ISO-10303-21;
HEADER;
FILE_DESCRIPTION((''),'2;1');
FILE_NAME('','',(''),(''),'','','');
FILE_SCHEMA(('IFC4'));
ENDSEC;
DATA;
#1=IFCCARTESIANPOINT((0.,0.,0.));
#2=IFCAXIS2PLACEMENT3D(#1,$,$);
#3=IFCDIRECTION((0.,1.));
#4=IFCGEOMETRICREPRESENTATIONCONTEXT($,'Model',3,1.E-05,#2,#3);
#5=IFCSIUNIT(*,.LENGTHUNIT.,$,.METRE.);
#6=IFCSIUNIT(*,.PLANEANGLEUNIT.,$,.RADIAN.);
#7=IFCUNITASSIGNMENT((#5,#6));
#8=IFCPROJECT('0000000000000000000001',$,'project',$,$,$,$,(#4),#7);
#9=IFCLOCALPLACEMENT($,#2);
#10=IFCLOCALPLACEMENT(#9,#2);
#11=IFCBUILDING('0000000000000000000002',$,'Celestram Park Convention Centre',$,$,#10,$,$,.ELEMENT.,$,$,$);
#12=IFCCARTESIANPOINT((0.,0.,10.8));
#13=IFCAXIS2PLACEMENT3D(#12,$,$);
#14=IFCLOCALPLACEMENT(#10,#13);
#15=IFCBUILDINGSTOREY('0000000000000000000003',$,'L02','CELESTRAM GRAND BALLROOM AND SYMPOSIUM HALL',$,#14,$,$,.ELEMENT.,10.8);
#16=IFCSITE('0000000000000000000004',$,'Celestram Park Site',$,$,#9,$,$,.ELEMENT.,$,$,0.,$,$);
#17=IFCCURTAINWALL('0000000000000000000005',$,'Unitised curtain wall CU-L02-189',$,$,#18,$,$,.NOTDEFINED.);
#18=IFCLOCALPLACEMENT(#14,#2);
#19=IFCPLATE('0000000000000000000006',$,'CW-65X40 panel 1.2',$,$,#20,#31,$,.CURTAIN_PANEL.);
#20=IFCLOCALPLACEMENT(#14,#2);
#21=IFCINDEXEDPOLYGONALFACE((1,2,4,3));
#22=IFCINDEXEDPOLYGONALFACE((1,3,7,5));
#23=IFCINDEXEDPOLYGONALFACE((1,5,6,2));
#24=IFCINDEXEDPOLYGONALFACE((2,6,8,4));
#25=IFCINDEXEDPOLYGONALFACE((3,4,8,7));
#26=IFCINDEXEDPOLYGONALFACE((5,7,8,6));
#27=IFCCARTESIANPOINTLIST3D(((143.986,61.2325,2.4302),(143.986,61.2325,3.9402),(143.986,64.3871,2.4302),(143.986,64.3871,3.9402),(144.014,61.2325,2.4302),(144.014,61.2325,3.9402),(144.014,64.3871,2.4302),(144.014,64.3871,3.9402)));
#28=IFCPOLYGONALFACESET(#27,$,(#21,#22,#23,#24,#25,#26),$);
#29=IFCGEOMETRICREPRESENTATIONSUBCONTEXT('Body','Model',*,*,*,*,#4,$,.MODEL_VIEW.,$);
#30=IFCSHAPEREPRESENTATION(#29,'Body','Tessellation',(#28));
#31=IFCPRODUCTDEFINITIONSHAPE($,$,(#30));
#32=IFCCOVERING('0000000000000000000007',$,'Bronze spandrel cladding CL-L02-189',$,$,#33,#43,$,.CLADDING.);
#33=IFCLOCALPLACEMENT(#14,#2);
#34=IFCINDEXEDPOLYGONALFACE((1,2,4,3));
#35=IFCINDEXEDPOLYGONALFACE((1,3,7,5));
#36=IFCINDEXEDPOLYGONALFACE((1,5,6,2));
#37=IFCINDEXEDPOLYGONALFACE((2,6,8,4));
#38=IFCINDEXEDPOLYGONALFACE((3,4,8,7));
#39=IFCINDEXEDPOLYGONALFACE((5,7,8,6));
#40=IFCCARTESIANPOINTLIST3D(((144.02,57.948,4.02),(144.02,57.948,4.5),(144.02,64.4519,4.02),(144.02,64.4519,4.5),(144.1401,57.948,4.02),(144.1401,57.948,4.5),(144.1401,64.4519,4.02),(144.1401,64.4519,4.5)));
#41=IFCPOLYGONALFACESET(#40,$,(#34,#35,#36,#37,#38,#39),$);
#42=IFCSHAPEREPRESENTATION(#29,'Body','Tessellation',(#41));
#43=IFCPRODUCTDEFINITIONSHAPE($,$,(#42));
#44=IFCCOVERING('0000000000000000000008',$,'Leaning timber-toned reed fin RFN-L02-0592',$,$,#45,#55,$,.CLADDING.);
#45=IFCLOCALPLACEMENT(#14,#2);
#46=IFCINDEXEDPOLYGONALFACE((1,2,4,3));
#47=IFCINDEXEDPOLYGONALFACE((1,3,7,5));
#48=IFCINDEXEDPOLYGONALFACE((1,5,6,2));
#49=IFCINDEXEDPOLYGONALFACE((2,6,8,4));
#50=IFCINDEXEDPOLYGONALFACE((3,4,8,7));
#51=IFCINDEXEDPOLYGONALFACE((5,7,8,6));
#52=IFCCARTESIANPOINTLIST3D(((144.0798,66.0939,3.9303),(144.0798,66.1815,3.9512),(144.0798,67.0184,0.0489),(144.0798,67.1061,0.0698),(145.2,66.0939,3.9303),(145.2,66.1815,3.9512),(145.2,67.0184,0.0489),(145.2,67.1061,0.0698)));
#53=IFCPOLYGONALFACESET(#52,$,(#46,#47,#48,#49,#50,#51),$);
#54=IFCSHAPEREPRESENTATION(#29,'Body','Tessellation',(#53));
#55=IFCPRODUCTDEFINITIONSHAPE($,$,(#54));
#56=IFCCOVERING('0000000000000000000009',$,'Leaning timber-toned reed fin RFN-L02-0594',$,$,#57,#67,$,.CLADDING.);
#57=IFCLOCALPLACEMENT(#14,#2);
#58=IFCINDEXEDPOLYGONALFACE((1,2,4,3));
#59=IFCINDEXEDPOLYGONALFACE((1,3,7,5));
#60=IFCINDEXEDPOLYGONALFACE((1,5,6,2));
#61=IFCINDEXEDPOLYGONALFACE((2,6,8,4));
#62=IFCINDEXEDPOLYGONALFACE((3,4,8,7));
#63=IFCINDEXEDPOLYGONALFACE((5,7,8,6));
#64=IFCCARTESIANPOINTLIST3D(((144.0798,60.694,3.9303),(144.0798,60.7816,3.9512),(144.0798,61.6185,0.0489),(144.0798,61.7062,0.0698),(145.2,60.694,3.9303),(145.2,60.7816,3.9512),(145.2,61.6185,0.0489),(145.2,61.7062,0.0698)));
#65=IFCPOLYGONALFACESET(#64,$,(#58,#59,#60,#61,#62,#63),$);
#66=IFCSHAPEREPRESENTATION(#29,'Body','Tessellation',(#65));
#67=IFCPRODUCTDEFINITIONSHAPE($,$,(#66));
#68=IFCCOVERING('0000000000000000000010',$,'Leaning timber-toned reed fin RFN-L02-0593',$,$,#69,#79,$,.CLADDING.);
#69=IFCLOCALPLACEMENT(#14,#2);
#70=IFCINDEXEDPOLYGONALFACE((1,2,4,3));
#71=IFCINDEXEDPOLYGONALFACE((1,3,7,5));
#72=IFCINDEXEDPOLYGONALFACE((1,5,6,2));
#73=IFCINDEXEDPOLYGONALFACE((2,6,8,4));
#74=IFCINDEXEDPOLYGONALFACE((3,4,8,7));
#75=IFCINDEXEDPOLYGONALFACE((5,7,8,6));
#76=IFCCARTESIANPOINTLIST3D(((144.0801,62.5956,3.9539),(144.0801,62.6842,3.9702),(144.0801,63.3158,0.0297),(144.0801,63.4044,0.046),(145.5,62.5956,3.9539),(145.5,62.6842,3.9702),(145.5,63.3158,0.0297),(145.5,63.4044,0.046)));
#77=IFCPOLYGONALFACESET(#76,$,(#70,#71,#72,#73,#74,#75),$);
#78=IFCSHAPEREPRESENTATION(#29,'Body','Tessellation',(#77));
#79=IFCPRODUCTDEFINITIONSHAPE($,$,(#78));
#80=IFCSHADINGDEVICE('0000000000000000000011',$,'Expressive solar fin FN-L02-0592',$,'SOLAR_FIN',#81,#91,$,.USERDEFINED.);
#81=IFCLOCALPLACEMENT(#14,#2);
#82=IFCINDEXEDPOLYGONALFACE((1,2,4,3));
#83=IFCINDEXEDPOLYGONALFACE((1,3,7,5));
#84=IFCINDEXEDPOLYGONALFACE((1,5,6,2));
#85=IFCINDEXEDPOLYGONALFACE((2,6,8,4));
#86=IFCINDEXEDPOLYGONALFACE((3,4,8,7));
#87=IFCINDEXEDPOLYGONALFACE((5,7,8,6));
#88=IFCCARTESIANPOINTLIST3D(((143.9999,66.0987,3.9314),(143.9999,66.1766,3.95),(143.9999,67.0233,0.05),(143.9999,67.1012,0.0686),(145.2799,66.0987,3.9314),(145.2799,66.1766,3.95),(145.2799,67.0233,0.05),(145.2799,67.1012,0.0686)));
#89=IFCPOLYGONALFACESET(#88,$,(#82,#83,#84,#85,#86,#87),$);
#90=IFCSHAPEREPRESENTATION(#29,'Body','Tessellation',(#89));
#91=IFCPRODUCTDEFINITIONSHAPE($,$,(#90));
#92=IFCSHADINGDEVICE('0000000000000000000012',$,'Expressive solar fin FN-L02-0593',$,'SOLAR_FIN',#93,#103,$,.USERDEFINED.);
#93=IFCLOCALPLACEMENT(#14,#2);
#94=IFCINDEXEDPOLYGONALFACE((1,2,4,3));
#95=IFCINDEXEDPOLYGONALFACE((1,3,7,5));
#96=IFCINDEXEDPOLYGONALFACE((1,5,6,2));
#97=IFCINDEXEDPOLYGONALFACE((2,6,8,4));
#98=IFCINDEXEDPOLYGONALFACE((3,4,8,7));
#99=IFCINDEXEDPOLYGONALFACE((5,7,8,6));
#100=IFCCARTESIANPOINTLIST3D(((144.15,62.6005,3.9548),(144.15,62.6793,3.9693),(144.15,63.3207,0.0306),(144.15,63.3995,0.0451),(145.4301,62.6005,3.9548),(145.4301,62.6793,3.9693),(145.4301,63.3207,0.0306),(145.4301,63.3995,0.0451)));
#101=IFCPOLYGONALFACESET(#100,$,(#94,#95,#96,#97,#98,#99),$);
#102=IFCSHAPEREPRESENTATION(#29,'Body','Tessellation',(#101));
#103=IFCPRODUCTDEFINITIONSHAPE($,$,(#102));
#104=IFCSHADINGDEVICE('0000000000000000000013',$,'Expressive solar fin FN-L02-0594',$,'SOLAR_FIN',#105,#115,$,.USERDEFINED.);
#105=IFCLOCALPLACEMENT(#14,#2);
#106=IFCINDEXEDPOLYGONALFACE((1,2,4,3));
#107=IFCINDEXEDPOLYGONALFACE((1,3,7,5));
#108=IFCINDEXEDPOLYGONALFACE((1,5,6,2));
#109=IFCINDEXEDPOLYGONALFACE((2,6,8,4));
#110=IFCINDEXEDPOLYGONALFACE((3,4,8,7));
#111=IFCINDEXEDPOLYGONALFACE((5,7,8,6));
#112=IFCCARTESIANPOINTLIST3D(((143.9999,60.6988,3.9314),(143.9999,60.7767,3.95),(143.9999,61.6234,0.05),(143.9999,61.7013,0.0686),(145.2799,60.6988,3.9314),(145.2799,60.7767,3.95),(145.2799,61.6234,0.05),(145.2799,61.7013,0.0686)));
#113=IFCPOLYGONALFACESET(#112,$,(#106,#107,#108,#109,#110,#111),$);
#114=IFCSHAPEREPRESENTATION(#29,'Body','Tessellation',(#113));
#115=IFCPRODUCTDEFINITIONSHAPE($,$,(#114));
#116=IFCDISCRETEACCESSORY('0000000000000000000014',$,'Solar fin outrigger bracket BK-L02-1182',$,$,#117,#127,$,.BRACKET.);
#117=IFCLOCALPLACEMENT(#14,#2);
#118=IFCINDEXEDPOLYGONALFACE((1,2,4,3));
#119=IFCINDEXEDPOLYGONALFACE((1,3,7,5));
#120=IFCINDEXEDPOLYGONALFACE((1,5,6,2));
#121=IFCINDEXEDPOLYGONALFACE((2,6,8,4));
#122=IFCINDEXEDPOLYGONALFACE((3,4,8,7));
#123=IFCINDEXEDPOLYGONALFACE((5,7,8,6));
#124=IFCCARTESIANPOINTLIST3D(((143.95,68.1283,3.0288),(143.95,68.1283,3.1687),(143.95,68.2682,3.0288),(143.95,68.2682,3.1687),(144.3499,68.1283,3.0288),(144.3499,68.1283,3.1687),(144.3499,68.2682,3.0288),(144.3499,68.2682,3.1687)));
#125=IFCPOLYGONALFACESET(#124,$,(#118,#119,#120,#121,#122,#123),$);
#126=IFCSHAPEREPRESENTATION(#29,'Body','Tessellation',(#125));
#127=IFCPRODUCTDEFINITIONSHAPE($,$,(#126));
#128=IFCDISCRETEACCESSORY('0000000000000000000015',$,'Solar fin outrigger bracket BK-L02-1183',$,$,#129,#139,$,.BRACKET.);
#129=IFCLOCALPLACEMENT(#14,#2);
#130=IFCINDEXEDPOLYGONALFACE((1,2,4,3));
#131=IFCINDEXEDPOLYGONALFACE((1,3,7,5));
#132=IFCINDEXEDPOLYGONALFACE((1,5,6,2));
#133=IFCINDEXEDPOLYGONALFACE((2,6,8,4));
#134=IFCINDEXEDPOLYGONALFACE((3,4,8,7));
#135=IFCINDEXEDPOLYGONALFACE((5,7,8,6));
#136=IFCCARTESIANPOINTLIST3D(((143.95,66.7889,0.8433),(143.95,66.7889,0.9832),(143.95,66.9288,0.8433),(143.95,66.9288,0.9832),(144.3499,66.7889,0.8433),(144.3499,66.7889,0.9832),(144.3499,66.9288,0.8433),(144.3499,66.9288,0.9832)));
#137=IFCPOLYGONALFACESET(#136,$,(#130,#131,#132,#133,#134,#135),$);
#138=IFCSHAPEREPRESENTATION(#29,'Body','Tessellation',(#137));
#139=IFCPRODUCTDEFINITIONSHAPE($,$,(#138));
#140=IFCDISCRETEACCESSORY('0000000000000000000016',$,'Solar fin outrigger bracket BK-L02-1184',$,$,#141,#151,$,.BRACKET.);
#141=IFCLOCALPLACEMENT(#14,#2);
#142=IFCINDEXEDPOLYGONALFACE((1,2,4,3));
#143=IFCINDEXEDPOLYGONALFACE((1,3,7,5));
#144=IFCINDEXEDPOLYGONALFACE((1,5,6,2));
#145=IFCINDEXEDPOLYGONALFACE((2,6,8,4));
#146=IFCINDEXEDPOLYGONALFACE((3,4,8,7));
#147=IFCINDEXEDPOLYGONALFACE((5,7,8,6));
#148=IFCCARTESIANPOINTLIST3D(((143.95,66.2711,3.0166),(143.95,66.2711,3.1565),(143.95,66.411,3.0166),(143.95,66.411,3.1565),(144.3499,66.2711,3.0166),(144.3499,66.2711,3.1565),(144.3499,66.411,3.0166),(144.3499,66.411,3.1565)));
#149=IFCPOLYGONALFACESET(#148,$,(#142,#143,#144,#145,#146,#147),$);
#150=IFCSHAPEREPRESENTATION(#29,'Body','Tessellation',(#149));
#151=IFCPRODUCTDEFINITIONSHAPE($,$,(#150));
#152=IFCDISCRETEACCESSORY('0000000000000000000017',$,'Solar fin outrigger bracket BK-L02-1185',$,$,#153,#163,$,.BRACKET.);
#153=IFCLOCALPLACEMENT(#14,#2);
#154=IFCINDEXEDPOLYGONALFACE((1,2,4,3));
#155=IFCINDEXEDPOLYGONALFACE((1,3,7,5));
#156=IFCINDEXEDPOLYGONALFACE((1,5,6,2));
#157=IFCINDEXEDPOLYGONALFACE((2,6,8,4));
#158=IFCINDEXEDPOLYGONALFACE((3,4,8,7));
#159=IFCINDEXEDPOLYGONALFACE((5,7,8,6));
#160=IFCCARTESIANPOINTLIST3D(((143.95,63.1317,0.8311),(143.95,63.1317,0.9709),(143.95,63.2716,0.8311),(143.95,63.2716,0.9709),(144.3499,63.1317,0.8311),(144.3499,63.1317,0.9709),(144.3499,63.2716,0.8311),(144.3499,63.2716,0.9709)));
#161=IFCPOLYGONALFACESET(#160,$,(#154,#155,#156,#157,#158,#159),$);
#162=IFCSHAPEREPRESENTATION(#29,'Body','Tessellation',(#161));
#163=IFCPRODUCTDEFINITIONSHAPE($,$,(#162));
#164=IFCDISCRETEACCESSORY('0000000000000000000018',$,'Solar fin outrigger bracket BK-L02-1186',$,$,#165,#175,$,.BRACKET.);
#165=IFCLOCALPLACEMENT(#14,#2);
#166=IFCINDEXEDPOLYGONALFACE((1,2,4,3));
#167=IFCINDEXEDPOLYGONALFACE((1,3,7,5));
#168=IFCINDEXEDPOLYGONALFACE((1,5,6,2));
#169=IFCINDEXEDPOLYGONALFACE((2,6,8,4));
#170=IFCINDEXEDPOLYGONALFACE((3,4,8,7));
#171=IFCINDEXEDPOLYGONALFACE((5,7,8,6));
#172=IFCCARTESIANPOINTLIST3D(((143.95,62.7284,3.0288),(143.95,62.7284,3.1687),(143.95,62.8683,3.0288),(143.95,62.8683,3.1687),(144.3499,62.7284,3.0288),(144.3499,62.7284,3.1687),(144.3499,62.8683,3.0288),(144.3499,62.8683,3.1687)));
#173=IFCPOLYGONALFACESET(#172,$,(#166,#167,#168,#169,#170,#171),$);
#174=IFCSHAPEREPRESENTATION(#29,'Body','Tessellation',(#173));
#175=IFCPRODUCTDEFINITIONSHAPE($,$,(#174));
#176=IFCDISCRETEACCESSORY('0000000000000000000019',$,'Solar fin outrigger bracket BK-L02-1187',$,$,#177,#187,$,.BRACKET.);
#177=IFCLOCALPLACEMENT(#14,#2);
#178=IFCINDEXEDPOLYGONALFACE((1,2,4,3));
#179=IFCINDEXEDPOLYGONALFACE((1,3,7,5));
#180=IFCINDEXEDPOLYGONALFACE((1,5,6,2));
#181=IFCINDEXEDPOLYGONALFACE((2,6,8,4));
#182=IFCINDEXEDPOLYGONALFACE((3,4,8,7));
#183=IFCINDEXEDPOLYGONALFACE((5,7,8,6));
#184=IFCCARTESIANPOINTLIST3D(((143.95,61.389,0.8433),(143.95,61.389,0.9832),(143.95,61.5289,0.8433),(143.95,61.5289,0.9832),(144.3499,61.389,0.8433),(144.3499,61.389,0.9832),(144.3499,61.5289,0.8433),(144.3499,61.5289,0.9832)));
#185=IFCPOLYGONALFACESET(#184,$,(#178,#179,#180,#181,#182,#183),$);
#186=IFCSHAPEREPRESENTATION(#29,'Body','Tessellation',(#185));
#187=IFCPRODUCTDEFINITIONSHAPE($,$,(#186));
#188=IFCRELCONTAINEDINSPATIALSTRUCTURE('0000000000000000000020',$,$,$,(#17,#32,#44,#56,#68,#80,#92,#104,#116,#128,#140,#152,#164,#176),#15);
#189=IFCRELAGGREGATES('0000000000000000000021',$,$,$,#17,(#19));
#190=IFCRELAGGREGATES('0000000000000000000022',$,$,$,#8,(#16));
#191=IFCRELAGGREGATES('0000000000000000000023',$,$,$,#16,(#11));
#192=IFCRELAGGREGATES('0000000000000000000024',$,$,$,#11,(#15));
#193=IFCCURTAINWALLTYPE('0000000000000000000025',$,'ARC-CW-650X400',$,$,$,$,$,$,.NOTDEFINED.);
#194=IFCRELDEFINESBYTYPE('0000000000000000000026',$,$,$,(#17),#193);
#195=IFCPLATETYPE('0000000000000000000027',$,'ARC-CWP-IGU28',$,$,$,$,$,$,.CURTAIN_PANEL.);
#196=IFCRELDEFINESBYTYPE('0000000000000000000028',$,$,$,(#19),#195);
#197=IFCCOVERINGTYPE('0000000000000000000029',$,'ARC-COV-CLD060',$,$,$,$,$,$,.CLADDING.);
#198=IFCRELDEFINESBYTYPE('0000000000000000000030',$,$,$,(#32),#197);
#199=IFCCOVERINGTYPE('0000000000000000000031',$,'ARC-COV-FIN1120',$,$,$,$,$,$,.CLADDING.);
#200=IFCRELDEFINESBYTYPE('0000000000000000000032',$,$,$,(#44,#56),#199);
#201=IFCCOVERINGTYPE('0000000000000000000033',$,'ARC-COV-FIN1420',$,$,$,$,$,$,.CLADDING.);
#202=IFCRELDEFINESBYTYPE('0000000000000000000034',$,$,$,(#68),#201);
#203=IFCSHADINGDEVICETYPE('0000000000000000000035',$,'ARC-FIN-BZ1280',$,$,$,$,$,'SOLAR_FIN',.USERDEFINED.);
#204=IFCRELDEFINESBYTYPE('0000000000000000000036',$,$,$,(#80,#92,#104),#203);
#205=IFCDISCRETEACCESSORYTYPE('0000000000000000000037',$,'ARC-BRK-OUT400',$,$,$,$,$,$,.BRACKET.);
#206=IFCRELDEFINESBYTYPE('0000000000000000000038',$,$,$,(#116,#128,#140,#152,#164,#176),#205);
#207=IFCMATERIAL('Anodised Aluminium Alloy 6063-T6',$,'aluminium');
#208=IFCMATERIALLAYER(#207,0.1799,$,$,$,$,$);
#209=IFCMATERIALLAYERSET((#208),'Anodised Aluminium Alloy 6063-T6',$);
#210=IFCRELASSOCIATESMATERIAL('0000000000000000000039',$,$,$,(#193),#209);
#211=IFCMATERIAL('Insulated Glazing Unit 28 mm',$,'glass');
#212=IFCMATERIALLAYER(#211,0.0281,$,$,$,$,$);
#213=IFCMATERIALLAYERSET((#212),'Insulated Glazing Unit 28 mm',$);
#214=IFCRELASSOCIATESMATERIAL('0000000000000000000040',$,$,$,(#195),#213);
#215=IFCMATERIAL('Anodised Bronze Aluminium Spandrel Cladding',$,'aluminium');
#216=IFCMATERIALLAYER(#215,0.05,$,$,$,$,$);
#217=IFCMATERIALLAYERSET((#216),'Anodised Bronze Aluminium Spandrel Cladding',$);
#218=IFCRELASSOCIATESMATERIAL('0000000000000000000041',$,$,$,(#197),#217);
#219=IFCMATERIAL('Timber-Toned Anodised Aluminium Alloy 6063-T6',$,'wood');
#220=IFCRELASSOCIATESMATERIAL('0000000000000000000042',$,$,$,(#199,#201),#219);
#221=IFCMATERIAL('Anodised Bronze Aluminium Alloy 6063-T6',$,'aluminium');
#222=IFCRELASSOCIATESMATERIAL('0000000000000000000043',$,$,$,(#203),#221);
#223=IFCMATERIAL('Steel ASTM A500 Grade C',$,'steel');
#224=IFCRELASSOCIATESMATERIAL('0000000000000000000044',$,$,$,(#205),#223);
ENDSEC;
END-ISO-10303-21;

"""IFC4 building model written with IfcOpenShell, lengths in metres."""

from ifc_helpers import new_model, si_unit, direction, frame, origin, origin_2d, place, context, subcontext, project, spatial, rectangle, extrude, material, layer, layer_set, material_profile, profile_set, type_object, element, aggregate, save


model = new_model("IFC4")

# Units and contexts
model_context = context("Model", 3, precision=1e-05, world=origin(), true_north=direction((0.0, 1.0)))
body_context = subcontext(model_context, "Body", "Model", "MODEL_VIEW")
ifc_project = project(units=[si_unit("LENGTHUNIT", "METRE"), si_unit("PLANEANGLEUNIT", "RADIAN")], contexts=[model_context])

# Site, building, storey
site_placement = place(None, origin())
site = spatial("IfcSite", under=ifc_project, at=site_placement, Name="Celestram Park Site", CompositionType="ELEMENT", RefElevation=0.0)
building_placement = place(site_placement, origin())
building = spatial("IfcBuilding", under=site, at=building_placement, Name="Celestram Park Convention Centre", CompositionType="ELEMENT")
storey_placement = place(building_placement, frame((0.0, 0.0, 10.8)))
storey = spatial("IfcBuildingStorey", under=building, at=storey_placement, Name="L02", Description="CELESTRAM GRAND BALLROOM AND SYMPOSIUM HALL", CompositionType="ELEMENT", Elevation=10.8)

# Curtain wall
ifc_material_1 = material(Name="Anodised Aluminium Alloy 6063-T6", Category="aluminium")
ifc_layer_1 = layer(ifc_material_1, 0.1799)
ifc_layer_set_1 = layer_set([ifc_layer_1], Name="Anodised Aluminium Alloy 6063-T6")
curtain_wall_type = type_object("IfcCurtainWallType", Name="ARC-CW-650X400", PredefinedType="NOTDEFINED", material=ifc_layer_set_1)
curtain_wall_1_placement = place(storey_placement, origin())
curtain_wall_1 = element("IfcCurtainWall", 1, at=curtain_wall_1_placement, inside=storey, type_object=curtain_wall_type, Name="Unitised curtain wall CU-L02-189", PredefinedType="NOTDEFINED")

# Shared definitions
ifc_material_2 = material(Name="Steel ASTM A500 Grade C", Category="steel")

# Plate
ifc_material_3 = material(Name="Insulated Glazing Unit 28 mm", Category="glass")
ifc_layer_2 = layer(ifc_material_3, 0.0281)
ifc_layer_set_2 = layer_set([ifc_layer_2], Name="Insulated Glazing Unit 28 mm")
plate_type = type_object("IfcPlateType", Name="ARC-CWP-IGU28", PredefinedType="CURTAIN_PANEL", material=ifc_layer_set_2)
plate_1_placement = place(storey_placement, frame((144.0, 62.8098, 2.4302), z_axis=(0.0, 0.0, 1.0), x_axis=(0.0, -1.0, 0.0)))
plate_1 = element("IfcPlate", 2, at=plate_1_placement, type_object=plate_type, Name="CW-65X40 panel 1.2", PredefinedType="CURTAIN_PANEL", context=body_context, shape_type="SweptSolid", body=[
    extrude(rectangle(XDim=3.1545, YDim=0.0281, at=origin_2d()), origin(), (0.0, 0.0, 1.0), 1.51),
])
aggregate(curtain_wall_1, [plate_1])

# Coverings
ifc_material_4 = material(Name="Anodised Bronze Aluminium Spandrel Cladding", Category="aluminium")
ifc_layer_3 = layer(ifc_material_4, 0.05)
ifc_layer_set_3 = layer_set([ifc_layer_3], Name="Anodised Bronze Aluminium Spandrel Cladding")
covering_type_1 = type_object("IfcCoveringType", Name="ARC-COV-CLD060", PredefinedType="CLADDING", material=ifc_layer_set_3)
covering_1_placement = place(storey_placement, frame((144.0801, 61.2, 4.02), z_axis=(0.0, 0.0, 1.0), x_axis=(0.0, -1.0, 0.0)))
element("IfcCovering", 3, at=covering_1_placement, inside=storey, type_object=covering_type_1, Name="Bronze spandrel cladding CL-L02-189", PredefinedType="CLADDING", context=body_context, shape_type="SweptSolid", body=[
    extrude(rectangle(XDim=6.5039, YDim=0.1201, at=origin_2d()), origin(), (0.0, 0.0, 1.0), 0.48),
])
ifc_material_5 = material(Name="Timber-Toned Anodised Aluminium Alloy 6063-T6", Category="wood")
ifc_material_profile_1 = material_profile(ifc_material_5, rectangle(XDim=1.1201, YDim=0.0901, at=origin_2d()), Name="REED1120X90")
ifc_profile_set_1 = profile_set([ifc_material_profile_1], Name="Timber-Toned Anodised Aluminium Alloy 6063-T6")
covering_type_2 = type_object("IfcCoveringType", Name="ARC-COV-FIN1120", PredefinedType="CLADDING", material=ifc_profile_set_1)
for number, where, z_axis, x_axis, name in (
    (4, (144.6399, 67.0623, 0.0593), (0.0, -0.231723, 0.972782), (1.0, 0.0, 0.0), "Leaning timber-toned reed fin RFN-L02-0592"),
    (5, (144.6399, 61.6624, 0.0593), (0.0, -0.231723, 0.972782), (1.0, 0.0, 0.0), "Leaning timber-toned reed fin RFN-L02-0594"),
):
    element("IfcCovering", number, at=place(storey_placement, frame(where, z_axis=z_axis, x_axis=x_axis)), inside=storey, type_object=covering_type_2, Name=name, PredefinedType="CLADDING", context=body_context, shape_type="SweptSolid", body=[
        extrude(rectangle(XDim=1.1201, YDim=0.0901, at=origin_2d()), origin(), (0.0, 0.0, 1.0), 3.99),
    ])
ifc_material_profile_2 = material_profile(ifc_material_5, rectangle(XDim=1.4199, YDim=0.0901, at=origin_2d()), Name="REED1420X90")
ifc_profile_set_2 = profile_set([ifc_material_profile_2], Name="Timber-Toned Anodised Aluminium Alloy 6063-T6")
covering_type_3 = type_object("IfcCoveringType", Name="ARC-COV-FIN1420", PredefinedType="CLADDING", material=ifc_profile_set_2)
covering_2_placement = place(storey_placement, frame((144.79, 63.3601, 0.0378), z_axis=(0.0, -0.180511, 0.983573), x_axis=(1.0, 0.0, 0.0)))
element("IfcCovering", 6, at=covering_2_placement, inside=storey, type_object=covering_type_3, Name="Leaning timber-toned reed fin RFN-L02-0593", PredefinedType="CLADDING", context=body_context, shape_type="SweptSolid", body=[
    extrude(rectangle(XDim=1.4199, YDim=0.0901, at=origin_2d()), origin(), (0.0, 0.0, 1.0), 3.9897),
])

# Shading devices
ifc_material_6 = material(Name="Anodised Bronze Aluminium Alloy 6063-T6", Category="aluminium")
ifc_material_profile_3 = material_profile(ifc_material_6, rectangle(XDim=1.28, YDim=0.0801, at=origin_2d()), Name="FIN1280X80")
ifc_profile_set_3 = profile_set([ifc_material_profile_3], Name="Anodised Bronze Aluminium Alloy 6063-T6")
shading_device_type = type_object("IfcShadingDeviceType", Name="ARC-FIN-BZ1280", ElementType="SOLAR_FIN", PredefinedType="USERDEFINED", material=ifc_profile_set_3)
shading_device_1_placement = place(storey_placement, frame((144.6399, 67.0623, 0.0593), z_axis=(0.0, -0.231723, 0.972782), x_axis=(1.0, 0.0, 0.0)))
element("IfcShadingDevice", 7, at=shading_device_1_placement, inside=storey, type_object=shading_device_type, Name="Expressive solar fin FN-L02-0592", ObjectType="SOLAR_FIN", PredefinedType="USERDEFINED", context=body_context, shape_type="SweptSolid", body=[
    extrude(rectangle(XDim=1.28, YDim=0.0801, at=origin_2d()), origin(), (0.0, 0.0, 1.0), 3.99),
])
shading_device_2_placement = place(storey_placement, frame((144.79, 63.3601, 0.0378), z_axis=(0.0, -0.180511, 0.983573), x_axis=(1.0, 0.0, 0.0)))
element("IfcShadingDevice", 8, at=shading_device_2_placement, inside=storey, type_object=shading_device_type, Name="Expressive solar fin FN-L02-0593", ObjectType="SOLAR_FIN", PredefinedType="USERDEFINED", context=body_context, shape_type="SweptSolid", body=[
    extrude(rectangle(XDim=1.28, YDim=0.0801, at=origin_2d()), origin(), (0.0, 0.0, 1.0), 3.9897),
])
shading_device_3_placement = place(storey_placement, frame((144.6399, 61.6624, 0.0593), z_axis=(0.0, -0.231723, 0.972782), x_axis=(1.0, 0.0, 0.0)))
element("IfcShadingDevice", 9, at=shading_device_3_placement, inside=storey, type_object=shading_device_type, Name="Expressive solar fin FN-L02-0594", ObjectType="SOLAR_FIN", PredefinedType="USERDEFINED", context=body_context, shape_type="SweptSolid", body=[
    extrude(rectangle(XDim=1.28, YDim=0.0801, at=origin_2d()), origin(), (0.0, 0.0, 1.0), 3.99),
])

# Discrete accessories
discrete_accessory_type = type_object("IfcDiscreteAccessoryType", Name="ARC-BRK-OUT400", PredefinedType="BRACKET", material=ifc_material_2)
for number, where, z_axis, x_axis, name in (
    (10, (144.1499, 68.1982, 3.0288), (0.0, 0.0, 1.0), (1.0, 0.0, 0.0), "Solar fin outrigger bracket BK-L02-1182"),
    (11, (144.1499, 66.8589, 0.8433), (0.0, 0.0, 1.0), (1.0, 0.0, 0.0), "Solar fin outrigger bracket BK-L02-1183"),
    (12, (144.1499, 66.3411, 3.0166), (0.0, 0.0, 1.0), (1.0, 0.0, 0.0), "Solar fin outrigger bracket BK-L02-1184"),
    (13, (144.1499, 63.2017, 0.8311), (0.0, 0.0, 1.0), (1.0, 0.0, 0.0), "Solar fin outrigger bracket BK-L02-1185"),
    (14, (144.1499, 62.7983, 3.0288), (0.0, 0.0, 1.0), (1.0, 0.0, 0.0), "Solar fin outrigger bracket BK-L02-1186"),
    (15, (144.1499, 61.459, 0.8433), (0.0, 0.0, 1.0), (1.0, 0.0, 0.0), "Solar fin outrigger bracket BK-L02-1187"),
):
    element("IfcDiscreteAccessory", number, at=place(storey_placement, frame(where, z_axis=z_axis, x_axis=x_axis)), inside=storey, type_object=discrete_accessory_type, Name=name, PredefinedType="BRACKET", context=body_context, shape_type="SweptSolid", body=[
        extrude(rectangle(XDim=0.3999, YDim=0.1399, at=origin_2d()), origin(), (0.0, 0.0, 1.0), 0.1399),
    ])

save(model, "model.ifc")
